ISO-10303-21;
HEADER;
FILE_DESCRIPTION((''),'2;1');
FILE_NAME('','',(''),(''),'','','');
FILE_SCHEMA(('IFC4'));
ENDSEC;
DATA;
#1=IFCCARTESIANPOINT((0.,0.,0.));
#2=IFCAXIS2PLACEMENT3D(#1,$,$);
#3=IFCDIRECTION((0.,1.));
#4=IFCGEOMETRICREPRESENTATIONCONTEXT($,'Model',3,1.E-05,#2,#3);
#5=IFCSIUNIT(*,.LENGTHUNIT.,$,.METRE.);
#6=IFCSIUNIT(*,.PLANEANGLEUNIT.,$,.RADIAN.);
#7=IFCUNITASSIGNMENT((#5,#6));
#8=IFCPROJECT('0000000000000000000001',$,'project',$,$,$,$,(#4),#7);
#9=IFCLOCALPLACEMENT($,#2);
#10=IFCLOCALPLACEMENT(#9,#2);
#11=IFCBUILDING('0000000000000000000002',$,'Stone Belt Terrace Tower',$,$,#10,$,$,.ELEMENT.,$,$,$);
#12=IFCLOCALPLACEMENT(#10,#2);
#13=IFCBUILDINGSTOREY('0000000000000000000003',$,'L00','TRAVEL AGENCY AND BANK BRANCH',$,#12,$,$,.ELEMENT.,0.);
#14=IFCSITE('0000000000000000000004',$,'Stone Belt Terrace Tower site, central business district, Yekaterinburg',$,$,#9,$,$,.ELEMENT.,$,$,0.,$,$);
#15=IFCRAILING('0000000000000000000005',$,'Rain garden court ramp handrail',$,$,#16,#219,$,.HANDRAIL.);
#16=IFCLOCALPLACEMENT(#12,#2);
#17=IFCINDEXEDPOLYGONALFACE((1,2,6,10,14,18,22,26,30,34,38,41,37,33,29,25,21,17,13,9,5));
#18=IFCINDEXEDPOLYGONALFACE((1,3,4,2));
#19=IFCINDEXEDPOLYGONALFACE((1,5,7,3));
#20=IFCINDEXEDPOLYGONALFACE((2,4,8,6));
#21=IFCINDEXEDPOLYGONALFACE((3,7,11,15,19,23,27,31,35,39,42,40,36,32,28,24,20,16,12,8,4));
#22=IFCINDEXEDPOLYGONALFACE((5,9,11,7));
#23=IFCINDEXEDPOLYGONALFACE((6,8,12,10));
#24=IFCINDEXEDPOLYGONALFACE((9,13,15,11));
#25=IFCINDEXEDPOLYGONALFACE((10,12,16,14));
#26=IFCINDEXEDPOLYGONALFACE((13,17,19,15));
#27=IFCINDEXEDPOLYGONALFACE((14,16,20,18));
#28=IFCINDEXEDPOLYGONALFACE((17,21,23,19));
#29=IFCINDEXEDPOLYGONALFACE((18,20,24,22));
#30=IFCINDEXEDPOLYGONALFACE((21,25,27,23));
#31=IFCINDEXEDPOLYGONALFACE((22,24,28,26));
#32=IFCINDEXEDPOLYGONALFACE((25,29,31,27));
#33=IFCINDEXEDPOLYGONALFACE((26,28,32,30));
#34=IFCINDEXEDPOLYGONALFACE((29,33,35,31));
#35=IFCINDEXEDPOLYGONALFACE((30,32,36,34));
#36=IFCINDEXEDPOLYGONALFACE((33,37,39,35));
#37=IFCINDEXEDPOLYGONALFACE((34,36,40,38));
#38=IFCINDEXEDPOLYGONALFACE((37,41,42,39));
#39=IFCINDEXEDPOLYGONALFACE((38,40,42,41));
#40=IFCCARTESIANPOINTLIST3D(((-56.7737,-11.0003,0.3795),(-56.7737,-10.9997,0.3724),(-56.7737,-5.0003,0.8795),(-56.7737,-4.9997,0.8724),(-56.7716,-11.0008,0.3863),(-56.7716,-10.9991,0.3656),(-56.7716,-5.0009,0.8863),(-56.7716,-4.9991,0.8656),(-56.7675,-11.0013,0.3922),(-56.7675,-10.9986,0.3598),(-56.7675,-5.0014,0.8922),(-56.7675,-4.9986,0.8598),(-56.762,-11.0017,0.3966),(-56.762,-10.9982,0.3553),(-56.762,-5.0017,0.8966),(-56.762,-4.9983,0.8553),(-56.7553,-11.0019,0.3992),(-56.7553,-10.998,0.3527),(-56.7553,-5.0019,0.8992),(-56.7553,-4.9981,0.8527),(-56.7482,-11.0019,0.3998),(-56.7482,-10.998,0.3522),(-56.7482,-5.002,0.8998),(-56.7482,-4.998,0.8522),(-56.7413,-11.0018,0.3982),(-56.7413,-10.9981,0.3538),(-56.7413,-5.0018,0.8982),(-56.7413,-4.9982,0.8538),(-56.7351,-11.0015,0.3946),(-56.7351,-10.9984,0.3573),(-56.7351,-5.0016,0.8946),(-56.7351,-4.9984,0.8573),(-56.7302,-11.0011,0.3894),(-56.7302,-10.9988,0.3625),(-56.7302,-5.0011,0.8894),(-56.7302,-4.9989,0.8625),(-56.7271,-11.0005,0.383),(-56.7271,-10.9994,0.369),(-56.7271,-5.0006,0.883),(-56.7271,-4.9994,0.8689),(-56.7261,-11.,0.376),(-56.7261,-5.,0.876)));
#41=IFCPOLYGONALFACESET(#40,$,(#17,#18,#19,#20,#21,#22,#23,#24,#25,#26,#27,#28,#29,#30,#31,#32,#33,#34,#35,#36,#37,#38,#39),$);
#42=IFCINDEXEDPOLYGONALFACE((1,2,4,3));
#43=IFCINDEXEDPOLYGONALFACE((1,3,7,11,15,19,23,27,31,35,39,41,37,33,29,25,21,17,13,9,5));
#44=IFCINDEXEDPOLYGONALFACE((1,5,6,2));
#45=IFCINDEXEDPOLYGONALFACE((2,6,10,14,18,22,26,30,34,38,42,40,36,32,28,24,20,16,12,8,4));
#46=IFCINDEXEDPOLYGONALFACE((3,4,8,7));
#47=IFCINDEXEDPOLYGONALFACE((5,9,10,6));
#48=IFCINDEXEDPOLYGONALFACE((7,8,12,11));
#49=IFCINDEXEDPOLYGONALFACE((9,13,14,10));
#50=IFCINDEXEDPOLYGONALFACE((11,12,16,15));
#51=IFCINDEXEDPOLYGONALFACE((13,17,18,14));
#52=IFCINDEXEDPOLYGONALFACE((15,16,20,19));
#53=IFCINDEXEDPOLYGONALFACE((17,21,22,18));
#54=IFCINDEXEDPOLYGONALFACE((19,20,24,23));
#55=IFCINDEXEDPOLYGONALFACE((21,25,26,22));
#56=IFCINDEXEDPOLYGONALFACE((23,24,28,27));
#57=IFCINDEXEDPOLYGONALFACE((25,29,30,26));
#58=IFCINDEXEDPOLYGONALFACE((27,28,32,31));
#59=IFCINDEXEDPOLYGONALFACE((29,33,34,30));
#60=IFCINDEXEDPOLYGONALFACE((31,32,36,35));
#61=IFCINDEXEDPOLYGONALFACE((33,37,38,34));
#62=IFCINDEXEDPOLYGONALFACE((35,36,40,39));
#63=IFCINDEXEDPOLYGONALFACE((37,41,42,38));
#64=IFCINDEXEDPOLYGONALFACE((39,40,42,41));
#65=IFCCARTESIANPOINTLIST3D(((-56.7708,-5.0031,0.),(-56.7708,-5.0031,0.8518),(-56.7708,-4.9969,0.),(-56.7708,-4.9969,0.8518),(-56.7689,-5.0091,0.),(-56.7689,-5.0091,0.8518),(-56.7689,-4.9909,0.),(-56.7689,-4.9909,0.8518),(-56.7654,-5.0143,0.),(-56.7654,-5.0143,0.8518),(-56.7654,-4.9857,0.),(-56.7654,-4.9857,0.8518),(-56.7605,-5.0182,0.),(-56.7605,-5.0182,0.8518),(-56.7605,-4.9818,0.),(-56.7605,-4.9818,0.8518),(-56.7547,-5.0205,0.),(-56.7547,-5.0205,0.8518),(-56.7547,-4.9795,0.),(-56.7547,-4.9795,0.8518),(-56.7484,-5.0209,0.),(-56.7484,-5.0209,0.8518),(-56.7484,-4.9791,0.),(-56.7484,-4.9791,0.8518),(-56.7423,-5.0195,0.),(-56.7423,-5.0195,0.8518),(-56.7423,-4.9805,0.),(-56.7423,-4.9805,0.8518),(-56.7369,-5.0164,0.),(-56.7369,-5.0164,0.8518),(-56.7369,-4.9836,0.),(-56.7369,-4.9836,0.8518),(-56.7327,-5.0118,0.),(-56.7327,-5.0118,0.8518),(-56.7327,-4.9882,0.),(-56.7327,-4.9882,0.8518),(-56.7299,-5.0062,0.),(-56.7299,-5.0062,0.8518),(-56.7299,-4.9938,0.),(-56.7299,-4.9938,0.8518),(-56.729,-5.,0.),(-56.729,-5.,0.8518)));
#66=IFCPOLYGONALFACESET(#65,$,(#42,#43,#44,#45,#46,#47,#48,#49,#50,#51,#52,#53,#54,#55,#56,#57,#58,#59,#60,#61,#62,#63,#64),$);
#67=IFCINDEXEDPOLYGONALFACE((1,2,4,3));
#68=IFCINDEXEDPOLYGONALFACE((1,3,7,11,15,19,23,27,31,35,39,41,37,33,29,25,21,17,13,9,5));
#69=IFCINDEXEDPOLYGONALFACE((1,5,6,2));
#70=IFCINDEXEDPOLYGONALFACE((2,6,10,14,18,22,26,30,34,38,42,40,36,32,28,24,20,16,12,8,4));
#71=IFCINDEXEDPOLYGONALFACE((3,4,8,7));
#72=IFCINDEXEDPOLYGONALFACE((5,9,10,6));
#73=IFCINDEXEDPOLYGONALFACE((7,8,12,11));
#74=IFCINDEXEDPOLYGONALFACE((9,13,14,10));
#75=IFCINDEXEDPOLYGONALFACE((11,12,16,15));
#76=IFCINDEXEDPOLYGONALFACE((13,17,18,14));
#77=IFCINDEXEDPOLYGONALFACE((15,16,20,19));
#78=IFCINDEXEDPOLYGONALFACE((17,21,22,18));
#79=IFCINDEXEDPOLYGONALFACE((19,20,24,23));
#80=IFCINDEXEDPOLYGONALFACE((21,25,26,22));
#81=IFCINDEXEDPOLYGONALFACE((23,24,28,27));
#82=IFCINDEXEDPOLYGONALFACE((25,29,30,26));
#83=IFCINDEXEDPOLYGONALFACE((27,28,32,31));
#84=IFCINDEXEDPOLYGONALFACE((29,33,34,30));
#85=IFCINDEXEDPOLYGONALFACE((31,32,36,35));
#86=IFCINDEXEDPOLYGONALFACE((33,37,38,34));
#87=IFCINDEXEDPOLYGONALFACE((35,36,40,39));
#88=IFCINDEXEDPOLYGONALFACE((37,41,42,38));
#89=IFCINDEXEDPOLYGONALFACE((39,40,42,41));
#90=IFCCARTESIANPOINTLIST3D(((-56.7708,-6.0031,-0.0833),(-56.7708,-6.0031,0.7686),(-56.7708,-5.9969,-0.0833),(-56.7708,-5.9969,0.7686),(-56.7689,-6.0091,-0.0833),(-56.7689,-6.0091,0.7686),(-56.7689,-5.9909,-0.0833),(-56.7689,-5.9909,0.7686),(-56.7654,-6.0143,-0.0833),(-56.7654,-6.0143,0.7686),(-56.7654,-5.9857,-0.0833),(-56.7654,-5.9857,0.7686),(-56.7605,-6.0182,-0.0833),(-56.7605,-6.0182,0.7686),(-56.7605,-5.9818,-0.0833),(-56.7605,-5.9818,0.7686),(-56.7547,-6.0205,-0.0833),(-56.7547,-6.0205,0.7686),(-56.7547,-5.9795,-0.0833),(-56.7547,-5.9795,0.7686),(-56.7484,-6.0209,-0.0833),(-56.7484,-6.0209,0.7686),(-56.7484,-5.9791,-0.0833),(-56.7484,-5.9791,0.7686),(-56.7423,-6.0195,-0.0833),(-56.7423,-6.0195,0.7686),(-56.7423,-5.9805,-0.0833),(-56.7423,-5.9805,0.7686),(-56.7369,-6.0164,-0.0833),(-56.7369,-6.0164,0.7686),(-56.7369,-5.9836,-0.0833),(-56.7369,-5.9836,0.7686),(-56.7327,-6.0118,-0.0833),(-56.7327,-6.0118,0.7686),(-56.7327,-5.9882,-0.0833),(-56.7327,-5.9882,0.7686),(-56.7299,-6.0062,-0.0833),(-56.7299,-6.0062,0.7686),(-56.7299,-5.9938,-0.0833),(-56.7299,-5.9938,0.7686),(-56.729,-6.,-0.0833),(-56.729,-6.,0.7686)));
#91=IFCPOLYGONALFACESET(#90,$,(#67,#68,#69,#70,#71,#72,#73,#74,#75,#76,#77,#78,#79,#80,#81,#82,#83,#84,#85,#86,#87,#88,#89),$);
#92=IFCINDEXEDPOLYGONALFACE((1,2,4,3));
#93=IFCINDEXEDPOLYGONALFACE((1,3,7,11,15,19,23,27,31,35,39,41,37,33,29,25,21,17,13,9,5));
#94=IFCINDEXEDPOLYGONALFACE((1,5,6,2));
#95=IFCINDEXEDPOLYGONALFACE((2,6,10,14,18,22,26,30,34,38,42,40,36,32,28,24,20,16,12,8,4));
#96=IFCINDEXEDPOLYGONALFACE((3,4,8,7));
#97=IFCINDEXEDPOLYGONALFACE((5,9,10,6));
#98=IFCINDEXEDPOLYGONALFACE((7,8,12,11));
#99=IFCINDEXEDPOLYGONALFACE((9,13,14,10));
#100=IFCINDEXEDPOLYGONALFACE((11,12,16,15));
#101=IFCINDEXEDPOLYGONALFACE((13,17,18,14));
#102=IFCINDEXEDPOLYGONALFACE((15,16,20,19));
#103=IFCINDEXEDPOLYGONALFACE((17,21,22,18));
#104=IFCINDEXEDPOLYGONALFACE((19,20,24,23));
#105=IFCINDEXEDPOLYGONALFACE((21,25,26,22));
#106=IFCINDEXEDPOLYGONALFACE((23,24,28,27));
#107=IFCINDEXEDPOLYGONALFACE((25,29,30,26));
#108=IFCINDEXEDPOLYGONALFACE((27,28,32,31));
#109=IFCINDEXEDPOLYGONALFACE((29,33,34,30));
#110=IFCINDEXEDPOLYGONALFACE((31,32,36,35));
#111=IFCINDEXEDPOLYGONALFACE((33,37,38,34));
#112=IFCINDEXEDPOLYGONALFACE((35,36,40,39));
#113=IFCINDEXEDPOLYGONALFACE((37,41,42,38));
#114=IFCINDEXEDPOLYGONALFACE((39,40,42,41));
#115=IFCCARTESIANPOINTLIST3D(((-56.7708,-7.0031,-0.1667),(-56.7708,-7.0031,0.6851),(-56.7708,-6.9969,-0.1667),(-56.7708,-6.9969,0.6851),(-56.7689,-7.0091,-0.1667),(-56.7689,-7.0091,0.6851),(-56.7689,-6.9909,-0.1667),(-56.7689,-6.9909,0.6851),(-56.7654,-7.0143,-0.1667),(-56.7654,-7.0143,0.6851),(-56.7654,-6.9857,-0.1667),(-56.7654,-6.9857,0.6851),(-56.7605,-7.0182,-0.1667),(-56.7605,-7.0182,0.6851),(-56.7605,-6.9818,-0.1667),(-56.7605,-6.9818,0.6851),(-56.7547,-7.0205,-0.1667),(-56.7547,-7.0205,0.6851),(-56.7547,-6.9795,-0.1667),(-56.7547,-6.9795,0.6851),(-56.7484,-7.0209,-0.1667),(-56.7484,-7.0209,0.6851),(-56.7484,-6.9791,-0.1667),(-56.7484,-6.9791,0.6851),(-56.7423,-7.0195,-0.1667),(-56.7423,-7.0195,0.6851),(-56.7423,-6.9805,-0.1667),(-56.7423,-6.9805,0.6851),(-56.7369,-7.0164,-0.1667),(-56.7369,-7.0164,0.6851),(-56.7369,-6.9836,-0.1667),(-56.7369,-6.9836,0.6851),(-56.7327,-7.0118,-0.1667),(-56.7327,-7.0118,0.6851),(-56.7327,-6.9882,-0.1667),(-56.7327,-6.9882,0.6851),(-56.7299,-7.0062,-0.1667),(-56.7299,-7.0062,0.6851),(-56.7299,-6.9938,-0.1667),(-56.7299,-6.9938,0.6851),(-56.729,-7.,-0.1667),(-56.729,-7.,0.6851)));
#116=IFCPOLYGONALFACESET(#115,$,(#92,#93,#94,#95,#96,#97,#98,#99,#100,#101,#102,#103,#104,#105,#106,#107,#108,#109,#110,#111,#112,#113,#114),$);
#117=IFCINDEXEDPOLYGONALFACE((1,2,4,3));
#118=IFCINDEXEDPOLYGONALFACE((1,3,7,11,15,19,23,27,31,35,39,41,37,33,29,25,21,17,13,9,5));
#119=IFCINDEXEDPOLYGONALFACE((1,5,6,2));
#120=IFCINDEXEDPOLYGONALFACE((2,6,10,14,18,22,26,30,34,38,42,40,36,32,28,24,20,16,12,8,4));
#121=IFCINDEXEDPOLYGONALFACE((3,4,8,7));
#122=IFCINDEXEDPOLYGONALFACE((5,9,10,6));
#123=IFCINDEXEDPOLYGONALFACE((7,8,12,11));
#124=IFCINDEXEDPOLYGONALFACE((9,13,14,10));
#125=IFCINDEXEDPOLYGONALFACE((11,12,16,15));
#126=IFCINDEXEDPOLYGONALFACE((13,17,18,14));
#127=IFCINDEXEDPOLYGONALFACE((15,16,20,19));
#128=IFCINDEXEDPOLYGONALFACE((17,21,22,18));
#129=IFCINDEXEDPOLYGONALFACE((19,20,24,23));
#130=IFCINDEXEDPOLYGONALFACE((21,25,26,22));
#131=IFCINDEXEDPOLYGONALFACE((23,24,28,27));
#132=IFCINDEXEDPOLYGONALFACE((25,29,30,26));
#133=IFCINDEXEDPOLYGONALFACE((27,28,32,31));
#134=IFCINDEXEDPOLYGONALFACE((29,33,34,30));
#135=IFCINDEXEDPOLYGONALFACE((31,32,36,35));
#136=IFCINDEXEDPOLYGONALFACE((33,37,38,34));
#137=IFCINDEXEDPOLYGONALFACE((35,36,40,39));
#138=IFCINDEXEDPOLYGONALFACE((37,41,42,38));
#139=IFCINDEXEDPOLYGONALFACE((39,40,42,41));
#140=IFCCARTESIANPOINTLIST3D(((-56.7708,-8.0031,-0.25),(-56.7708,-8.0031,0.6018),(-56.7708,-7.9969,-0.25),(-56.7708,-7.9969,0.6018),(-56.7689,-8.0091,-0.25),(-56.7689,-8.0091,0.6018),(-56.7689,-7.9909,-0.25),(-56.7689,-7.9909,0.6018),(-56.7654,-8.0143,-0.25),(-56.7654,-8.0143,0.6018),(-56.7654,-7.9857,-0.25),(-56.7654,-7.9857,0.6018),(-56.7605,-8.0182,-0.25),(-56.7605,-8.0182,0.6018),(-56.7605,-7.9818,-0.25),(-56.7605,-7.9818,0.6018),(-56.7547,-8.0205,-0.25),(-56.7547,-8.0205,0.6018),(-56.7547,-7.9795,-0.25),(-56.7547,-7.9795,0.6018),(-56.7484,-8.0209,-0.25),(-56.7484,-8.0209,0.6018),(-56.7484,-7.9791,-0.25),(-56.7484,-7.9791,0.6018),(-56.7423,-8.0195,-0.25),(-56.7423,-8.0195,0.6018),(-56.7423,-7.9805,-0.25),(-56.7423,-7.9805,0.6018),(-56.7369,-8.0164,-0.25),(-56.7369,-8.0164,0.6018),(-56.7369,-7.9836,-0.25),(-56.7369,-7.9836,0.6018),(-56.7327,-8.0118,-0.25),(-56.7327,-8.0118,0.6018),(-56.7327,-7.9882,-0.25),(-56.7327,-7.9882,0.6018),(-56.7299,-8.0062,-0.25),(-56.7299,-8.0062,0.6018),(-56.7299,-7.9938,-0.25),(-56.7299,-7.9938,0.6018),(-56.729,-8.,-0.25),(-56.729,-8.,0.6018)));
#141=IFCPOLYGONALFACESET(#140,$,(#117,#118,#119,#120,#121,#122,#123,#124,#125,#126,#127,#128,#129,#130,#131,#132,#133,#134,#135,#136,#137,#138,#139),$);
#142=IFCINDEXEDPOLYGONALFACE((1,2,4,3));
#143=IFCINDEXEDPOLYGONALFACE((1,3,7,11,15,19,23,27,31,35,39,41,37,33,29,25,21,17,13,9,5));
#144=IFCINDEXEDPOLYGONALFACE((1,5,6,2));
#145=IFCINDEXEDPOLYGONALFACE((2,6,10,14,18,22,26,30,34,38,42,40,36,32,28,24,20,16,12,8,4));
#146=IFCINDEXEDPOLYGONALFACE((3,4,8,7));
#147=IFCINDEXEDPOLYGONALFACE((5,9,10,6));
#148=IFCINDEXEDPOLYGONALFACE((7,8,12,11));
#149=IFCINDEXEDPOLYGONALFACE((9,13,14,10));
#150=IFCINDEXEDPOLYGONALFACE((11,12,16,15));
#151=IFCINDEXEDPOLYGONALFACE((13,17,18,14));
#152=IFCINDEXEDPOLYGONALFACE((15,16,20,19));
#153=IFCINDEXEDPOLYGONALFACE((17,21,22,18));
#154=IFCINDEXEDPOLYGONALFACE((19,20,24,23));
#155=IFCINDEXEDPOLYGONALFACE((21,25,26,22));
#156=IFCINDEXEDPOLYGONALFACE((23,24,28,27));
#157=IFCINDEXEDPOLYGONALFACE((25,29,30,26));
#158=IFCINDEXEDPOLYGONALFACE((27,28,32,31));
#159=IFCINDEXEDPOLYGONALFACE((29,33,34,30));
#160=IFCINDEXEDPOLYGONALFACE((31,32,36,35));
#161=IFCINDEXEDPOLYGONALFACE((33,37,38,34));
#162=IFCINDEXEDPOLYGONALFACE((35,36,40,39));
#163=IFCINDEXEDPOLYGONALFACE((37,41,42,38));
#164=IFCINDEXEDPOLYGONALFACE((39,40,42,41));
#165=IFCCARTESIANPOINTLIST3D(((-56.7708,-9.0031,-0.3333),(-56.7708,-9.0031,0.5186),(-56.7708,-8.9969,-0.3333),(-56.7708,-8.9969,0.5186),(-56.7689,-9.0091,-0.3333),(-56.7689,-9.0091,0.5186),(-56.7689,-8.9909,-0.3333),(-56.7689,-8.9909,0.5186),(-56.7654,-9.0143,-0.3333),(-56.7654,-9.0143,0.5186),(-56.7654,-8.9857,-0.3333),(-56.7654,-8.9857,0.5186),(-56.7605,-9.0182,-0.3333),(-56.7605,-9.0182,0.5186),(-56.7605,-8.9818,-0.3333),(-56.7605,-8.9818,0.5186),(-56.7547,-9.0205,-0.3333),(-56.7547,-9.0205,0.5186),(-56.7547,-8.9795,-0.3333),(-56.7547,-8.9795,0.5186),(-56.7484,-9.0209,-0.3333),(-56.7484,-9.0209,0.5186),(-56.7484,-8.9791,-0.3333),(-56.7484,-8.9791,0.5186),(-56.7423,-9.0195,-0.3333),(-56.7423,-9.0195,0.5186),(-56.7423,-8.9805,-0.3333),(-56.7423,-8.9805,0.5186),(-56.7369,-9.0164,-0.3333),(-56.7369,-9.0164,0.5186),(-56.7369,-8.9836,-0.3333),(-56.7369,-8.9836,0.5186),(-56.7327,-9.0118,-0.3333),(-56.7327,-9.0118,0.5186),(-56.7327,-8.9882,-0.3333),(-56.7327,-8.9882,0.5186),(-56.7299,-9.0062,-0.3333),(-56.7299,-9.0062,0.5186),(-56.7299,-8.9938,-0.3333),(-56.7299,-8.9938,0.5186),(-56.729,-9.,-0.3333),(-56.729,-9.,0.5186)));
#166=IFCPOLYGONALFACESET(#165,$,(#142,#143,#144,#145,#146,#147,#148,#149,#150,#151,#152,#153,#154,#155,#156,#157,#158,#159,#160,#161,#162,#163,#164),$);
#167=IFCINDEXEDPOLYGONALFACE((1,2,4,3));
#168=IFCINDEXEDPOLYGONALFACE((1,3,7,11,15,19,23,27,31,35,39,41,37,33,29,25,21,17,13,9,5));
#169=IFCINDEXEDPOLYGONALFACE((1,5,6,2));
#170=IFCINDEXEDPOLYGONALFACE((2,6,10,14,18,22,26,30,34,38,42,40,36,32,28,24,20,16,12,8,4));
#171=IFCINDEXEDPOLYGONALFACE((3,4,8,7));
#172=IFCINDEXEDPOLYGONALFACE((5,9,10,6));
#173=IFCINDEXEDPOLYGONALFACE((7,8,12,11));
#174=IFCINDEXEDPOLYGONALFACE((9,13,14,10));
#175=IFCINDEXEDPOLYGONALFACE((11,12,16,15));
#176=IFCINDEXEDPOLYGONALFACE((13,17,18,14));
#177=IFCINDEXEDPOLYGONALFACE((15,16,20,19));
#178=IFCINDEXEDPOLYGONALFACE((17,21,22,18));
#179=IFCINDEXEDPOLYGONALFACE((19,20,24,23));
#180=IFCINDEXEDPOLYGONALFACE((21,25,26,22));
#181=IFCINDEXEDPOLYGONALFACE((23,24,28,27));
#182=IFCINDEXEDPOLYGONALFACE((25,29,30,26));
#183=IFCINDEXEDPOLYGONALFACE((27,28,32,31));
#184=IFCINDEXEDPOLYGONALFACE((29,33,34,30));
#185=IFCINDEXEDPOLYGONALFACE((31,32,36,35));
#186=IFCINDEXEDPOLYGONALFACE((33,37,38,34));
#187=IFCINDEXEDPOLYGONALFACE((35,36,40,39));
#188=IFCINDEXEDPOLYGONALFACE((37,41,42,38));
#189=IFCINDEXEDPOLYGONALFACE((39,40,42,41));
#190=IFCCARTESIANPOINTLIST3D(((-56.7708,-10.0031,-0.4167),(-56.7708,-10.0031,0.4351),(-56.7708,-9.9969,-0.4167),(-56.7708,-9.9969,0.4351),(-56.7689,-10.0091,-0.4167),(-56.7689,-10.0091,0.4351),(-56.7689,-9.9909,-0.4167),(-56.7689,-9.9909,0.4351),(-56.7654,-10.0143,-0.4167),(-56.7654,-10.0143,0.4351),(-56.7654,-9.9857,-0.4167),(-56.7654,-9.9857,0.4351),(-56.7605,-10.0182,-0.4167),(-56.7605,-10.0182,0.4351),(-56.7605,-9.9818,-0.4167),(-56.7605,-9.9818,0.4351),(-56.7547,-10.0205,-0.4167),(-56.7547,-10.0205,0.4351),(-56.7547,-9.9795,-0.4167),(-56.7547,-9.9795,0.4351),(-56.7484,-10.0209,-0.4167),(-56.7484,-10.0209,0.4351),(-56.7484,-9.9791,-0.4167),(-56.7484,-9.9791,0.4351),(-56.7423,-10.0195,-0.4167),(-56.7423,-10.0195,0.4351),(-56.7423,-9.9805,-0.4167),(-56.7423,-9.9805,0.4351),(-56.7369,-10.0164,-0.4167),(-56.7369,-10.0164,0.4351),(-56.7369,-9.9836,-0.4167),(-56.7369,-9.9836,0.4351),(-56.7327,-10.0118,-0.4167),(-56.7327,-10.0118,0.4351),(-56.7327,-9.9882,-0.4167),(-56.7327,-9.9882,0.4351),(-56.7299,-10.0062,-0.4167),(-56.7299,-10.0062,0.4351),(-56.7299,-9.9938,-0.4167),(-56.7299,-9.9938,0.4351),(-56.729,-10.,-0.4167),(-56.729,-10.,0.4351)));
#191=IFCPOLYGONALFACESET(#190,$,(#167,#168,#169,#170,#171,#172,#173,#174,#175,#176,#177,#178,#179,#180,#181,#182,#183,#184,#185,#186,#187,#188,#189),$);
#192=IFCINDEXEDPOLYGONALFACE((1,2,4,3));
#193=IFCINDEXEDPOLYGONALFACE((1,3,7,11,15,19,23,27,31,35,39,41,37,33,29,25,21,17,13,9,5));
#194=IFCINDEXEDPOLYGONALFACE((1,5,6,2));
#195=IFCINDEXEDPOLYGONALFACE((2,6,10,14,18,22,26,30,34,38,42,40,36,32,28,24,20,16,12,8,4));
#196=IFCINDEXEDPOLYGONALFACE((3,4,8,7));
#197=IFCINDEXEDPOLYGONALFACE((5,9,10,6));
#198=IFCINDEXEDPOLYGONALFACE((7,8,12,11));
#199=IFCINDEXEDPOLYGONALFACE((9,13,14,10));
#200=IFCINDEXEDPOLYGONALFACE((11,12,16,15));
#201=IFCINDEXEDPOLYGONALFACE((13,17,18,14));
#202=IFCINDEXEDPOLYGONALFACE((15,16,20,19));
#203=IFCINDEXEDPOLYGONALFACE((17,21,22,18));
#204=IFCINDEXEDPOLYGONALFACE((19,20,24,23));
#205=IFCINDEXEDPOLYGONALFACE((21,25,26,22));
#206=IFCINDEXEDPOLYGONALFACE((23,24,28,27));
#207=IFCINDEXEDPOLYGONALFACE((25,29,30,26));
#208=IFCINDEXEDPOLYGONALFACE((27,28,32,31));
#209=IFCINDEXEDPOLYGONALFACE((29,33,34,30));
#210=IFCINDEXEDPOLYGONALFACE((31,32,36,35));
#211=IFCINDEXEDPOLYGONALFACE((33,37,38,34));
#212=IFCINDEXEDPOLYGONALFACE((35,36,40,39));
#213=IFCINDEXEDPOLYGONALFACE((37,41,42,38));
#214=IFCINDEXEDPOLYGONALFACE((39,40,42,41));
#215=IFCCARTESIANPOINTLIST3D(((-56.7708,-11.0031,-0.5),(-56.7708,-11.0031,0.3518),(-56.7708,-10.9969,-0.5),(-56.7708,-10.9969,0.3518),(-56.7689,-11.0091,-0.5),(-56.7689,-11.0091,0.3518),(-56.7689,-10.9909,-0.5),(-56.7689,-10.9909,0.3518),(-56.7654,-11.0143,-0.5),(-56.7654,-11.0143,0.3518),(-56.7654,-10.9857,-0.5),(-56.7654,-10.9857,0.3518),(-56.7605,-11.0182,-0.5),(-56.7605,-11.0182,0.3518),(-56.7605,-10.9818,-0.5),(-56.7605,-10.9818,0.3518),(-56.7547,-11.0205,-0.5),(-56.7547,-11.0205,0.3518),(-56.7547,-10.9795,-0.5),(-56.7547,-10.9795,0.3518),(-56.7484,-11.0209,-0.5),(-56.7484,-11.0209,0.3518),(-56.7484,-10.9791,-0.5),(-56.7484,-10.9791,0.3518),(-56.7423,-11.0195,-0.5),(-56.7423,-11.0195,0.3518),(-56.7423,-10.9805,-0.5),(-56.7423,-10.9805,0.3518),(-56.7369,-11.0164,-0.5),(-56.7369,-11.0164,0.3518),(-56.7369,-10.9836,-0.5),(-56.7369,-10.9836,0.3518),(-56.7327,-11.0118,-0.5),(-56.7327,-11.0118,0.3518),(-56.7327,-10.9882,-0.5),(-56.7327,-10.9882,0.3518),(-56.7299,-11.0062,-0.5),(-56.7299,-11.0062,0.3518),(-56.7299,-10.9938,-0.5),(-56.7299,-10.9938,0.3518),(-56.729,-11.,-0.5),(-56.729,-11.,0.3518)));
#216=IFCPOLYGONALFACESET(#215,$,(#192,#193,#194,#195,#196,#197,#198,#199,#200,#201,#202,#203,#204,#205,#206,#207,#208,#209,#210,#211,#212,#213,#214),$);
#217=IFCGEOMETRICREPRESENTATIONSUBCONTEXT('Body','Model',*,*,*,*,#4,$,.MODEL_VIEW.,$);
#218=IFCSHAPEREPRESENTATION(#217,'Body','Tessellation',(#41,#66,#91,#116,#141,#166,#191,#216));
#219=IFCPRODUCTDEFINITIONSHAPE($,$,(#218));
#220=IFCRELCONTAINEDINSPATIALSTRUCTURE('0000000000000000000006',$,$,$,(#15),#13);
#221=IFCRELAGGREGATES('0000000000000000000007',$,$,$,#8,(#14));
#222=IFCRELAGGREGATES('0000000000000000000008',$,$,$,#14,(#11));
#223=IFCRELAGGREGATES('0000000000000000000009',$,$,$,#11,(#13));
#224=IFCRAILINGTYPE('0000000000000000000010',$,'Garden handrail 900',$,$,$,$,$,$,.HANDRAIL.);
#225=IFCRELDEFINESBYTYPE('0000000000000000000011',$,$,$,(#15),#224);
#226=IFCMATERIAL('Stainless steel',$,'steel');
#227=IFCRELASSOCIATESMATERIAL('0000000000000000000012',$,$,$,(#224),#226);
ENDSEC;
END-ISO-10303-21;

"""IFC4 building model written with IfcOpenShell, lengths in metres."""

from ifc_helpers import new_model, si_unit, direction, frame, origin, origin_2d, place, context, subcontext, project, spatial, circle, extrude, material, type_object, element, save


model = new_model("IFC4")

# Units and contexts
model_context = context("Model", 3, precision=1e-05, world=origin(), true_north=direction((0.0, 1.0)))
body_context = subcontext(model_context, "Body", "Model", "MODEL_VIEW")
ifc_project = project(units=[si_unit("LENGTHUNIT", "METRE"), si_unit("PLANEANGLEUNIT", "RADIAN")], contexts=[model_context])

# Site, building, storey
site_placement = place(None, origin())
site = spatial("IfcSite", under=ifc_project, at=site_placement, Name="Stone Belt Terrace Tower site, central business district, Yekaterinburg", CompositionType="ELEMENT", RefElevation=0.0)
building_placement = place(site_placement, origin())
building = spatial("IfcBuilding", under=site, at=building_placement, Name="Stone Belt Terrace Tower", CompositionType="ELEMENT")
storey_placement = place(building_placement, origin())
storey = spatial("IfcBuildingStorey", under=building, at=storey_placement, Name="L00", Description="TRAVEL AGENCY AND BANK BRANCH", CompositionType="ELEMENT", Elevation=0.0)

# Railing
ifc_material_1 = material(Name="Stainless steel", Category="steel")
railing_type_1 = type_object("IfcRailingType", Name="Garden handrail 900", PredefinedType="HANDRAIL", material=ifc_material_1)
for number, where, name in (
    (1, (-56.75, -5.0, 0.0), "Rain garden court ramp handrail"),
):
    element("IfcRailing", number, at=place(storey_placement, frame(where)), inside=storey, type_object=railing_type_1, Name=name, PredefinedType="HANDRAIL", context=body_context, shape_type="SweptSolid", body=[
        extrude(circle(Radius=0.0239, at=origin_2d()), frame((0.0, 0.0, 0.876), z_axis=(0.0, -0.996546, -0.083045), x_axis=(1.0, 0.0, 0.0)), (0.0, 0.0, 1.0), 6.0208),
        extrude(circle(Radius=0.021, at=origin_2d()), origin(), (0.0, 0.0, 1.0), 0.8518),
        extrude(circle(Radius=0.021, at=origin_2d()), frame((0.0, -1.0, -0.0833)), (0.0, 0.0, 1.0), 0.8518),
        extrude(circle(Radius=0.021, at=origin_2d()), frame((0.0, -2.0, -0.1667)), (0.0, 0.0, 1.0), 0.8518),
        extrude(circle(Radius=0.021, at=origin_2d()), frame((0.0, -3.0, -0.25)), (0.0, 0.0, 1.0), 0.8518),
        extrude(circle(Radius=0.021, at=origin_2d()), frame((0.0, -4.0, -0.3333)), (0.0, 0.0, 1.0), 0.8518),
        extrude(circle(Radius=0.021, at=origin_2d()), frame((0.0, -5.0, -0.4167)), (0.0, 0.0, 1.0), 0.8518),
        extrude(circle(Radius=0.021, at=origin_2d()), frame((0.0, -6.0, -0.5)), (0.0, 0.0, 1.0), 0.8518),
    ])

save(model, "model.ifc")
